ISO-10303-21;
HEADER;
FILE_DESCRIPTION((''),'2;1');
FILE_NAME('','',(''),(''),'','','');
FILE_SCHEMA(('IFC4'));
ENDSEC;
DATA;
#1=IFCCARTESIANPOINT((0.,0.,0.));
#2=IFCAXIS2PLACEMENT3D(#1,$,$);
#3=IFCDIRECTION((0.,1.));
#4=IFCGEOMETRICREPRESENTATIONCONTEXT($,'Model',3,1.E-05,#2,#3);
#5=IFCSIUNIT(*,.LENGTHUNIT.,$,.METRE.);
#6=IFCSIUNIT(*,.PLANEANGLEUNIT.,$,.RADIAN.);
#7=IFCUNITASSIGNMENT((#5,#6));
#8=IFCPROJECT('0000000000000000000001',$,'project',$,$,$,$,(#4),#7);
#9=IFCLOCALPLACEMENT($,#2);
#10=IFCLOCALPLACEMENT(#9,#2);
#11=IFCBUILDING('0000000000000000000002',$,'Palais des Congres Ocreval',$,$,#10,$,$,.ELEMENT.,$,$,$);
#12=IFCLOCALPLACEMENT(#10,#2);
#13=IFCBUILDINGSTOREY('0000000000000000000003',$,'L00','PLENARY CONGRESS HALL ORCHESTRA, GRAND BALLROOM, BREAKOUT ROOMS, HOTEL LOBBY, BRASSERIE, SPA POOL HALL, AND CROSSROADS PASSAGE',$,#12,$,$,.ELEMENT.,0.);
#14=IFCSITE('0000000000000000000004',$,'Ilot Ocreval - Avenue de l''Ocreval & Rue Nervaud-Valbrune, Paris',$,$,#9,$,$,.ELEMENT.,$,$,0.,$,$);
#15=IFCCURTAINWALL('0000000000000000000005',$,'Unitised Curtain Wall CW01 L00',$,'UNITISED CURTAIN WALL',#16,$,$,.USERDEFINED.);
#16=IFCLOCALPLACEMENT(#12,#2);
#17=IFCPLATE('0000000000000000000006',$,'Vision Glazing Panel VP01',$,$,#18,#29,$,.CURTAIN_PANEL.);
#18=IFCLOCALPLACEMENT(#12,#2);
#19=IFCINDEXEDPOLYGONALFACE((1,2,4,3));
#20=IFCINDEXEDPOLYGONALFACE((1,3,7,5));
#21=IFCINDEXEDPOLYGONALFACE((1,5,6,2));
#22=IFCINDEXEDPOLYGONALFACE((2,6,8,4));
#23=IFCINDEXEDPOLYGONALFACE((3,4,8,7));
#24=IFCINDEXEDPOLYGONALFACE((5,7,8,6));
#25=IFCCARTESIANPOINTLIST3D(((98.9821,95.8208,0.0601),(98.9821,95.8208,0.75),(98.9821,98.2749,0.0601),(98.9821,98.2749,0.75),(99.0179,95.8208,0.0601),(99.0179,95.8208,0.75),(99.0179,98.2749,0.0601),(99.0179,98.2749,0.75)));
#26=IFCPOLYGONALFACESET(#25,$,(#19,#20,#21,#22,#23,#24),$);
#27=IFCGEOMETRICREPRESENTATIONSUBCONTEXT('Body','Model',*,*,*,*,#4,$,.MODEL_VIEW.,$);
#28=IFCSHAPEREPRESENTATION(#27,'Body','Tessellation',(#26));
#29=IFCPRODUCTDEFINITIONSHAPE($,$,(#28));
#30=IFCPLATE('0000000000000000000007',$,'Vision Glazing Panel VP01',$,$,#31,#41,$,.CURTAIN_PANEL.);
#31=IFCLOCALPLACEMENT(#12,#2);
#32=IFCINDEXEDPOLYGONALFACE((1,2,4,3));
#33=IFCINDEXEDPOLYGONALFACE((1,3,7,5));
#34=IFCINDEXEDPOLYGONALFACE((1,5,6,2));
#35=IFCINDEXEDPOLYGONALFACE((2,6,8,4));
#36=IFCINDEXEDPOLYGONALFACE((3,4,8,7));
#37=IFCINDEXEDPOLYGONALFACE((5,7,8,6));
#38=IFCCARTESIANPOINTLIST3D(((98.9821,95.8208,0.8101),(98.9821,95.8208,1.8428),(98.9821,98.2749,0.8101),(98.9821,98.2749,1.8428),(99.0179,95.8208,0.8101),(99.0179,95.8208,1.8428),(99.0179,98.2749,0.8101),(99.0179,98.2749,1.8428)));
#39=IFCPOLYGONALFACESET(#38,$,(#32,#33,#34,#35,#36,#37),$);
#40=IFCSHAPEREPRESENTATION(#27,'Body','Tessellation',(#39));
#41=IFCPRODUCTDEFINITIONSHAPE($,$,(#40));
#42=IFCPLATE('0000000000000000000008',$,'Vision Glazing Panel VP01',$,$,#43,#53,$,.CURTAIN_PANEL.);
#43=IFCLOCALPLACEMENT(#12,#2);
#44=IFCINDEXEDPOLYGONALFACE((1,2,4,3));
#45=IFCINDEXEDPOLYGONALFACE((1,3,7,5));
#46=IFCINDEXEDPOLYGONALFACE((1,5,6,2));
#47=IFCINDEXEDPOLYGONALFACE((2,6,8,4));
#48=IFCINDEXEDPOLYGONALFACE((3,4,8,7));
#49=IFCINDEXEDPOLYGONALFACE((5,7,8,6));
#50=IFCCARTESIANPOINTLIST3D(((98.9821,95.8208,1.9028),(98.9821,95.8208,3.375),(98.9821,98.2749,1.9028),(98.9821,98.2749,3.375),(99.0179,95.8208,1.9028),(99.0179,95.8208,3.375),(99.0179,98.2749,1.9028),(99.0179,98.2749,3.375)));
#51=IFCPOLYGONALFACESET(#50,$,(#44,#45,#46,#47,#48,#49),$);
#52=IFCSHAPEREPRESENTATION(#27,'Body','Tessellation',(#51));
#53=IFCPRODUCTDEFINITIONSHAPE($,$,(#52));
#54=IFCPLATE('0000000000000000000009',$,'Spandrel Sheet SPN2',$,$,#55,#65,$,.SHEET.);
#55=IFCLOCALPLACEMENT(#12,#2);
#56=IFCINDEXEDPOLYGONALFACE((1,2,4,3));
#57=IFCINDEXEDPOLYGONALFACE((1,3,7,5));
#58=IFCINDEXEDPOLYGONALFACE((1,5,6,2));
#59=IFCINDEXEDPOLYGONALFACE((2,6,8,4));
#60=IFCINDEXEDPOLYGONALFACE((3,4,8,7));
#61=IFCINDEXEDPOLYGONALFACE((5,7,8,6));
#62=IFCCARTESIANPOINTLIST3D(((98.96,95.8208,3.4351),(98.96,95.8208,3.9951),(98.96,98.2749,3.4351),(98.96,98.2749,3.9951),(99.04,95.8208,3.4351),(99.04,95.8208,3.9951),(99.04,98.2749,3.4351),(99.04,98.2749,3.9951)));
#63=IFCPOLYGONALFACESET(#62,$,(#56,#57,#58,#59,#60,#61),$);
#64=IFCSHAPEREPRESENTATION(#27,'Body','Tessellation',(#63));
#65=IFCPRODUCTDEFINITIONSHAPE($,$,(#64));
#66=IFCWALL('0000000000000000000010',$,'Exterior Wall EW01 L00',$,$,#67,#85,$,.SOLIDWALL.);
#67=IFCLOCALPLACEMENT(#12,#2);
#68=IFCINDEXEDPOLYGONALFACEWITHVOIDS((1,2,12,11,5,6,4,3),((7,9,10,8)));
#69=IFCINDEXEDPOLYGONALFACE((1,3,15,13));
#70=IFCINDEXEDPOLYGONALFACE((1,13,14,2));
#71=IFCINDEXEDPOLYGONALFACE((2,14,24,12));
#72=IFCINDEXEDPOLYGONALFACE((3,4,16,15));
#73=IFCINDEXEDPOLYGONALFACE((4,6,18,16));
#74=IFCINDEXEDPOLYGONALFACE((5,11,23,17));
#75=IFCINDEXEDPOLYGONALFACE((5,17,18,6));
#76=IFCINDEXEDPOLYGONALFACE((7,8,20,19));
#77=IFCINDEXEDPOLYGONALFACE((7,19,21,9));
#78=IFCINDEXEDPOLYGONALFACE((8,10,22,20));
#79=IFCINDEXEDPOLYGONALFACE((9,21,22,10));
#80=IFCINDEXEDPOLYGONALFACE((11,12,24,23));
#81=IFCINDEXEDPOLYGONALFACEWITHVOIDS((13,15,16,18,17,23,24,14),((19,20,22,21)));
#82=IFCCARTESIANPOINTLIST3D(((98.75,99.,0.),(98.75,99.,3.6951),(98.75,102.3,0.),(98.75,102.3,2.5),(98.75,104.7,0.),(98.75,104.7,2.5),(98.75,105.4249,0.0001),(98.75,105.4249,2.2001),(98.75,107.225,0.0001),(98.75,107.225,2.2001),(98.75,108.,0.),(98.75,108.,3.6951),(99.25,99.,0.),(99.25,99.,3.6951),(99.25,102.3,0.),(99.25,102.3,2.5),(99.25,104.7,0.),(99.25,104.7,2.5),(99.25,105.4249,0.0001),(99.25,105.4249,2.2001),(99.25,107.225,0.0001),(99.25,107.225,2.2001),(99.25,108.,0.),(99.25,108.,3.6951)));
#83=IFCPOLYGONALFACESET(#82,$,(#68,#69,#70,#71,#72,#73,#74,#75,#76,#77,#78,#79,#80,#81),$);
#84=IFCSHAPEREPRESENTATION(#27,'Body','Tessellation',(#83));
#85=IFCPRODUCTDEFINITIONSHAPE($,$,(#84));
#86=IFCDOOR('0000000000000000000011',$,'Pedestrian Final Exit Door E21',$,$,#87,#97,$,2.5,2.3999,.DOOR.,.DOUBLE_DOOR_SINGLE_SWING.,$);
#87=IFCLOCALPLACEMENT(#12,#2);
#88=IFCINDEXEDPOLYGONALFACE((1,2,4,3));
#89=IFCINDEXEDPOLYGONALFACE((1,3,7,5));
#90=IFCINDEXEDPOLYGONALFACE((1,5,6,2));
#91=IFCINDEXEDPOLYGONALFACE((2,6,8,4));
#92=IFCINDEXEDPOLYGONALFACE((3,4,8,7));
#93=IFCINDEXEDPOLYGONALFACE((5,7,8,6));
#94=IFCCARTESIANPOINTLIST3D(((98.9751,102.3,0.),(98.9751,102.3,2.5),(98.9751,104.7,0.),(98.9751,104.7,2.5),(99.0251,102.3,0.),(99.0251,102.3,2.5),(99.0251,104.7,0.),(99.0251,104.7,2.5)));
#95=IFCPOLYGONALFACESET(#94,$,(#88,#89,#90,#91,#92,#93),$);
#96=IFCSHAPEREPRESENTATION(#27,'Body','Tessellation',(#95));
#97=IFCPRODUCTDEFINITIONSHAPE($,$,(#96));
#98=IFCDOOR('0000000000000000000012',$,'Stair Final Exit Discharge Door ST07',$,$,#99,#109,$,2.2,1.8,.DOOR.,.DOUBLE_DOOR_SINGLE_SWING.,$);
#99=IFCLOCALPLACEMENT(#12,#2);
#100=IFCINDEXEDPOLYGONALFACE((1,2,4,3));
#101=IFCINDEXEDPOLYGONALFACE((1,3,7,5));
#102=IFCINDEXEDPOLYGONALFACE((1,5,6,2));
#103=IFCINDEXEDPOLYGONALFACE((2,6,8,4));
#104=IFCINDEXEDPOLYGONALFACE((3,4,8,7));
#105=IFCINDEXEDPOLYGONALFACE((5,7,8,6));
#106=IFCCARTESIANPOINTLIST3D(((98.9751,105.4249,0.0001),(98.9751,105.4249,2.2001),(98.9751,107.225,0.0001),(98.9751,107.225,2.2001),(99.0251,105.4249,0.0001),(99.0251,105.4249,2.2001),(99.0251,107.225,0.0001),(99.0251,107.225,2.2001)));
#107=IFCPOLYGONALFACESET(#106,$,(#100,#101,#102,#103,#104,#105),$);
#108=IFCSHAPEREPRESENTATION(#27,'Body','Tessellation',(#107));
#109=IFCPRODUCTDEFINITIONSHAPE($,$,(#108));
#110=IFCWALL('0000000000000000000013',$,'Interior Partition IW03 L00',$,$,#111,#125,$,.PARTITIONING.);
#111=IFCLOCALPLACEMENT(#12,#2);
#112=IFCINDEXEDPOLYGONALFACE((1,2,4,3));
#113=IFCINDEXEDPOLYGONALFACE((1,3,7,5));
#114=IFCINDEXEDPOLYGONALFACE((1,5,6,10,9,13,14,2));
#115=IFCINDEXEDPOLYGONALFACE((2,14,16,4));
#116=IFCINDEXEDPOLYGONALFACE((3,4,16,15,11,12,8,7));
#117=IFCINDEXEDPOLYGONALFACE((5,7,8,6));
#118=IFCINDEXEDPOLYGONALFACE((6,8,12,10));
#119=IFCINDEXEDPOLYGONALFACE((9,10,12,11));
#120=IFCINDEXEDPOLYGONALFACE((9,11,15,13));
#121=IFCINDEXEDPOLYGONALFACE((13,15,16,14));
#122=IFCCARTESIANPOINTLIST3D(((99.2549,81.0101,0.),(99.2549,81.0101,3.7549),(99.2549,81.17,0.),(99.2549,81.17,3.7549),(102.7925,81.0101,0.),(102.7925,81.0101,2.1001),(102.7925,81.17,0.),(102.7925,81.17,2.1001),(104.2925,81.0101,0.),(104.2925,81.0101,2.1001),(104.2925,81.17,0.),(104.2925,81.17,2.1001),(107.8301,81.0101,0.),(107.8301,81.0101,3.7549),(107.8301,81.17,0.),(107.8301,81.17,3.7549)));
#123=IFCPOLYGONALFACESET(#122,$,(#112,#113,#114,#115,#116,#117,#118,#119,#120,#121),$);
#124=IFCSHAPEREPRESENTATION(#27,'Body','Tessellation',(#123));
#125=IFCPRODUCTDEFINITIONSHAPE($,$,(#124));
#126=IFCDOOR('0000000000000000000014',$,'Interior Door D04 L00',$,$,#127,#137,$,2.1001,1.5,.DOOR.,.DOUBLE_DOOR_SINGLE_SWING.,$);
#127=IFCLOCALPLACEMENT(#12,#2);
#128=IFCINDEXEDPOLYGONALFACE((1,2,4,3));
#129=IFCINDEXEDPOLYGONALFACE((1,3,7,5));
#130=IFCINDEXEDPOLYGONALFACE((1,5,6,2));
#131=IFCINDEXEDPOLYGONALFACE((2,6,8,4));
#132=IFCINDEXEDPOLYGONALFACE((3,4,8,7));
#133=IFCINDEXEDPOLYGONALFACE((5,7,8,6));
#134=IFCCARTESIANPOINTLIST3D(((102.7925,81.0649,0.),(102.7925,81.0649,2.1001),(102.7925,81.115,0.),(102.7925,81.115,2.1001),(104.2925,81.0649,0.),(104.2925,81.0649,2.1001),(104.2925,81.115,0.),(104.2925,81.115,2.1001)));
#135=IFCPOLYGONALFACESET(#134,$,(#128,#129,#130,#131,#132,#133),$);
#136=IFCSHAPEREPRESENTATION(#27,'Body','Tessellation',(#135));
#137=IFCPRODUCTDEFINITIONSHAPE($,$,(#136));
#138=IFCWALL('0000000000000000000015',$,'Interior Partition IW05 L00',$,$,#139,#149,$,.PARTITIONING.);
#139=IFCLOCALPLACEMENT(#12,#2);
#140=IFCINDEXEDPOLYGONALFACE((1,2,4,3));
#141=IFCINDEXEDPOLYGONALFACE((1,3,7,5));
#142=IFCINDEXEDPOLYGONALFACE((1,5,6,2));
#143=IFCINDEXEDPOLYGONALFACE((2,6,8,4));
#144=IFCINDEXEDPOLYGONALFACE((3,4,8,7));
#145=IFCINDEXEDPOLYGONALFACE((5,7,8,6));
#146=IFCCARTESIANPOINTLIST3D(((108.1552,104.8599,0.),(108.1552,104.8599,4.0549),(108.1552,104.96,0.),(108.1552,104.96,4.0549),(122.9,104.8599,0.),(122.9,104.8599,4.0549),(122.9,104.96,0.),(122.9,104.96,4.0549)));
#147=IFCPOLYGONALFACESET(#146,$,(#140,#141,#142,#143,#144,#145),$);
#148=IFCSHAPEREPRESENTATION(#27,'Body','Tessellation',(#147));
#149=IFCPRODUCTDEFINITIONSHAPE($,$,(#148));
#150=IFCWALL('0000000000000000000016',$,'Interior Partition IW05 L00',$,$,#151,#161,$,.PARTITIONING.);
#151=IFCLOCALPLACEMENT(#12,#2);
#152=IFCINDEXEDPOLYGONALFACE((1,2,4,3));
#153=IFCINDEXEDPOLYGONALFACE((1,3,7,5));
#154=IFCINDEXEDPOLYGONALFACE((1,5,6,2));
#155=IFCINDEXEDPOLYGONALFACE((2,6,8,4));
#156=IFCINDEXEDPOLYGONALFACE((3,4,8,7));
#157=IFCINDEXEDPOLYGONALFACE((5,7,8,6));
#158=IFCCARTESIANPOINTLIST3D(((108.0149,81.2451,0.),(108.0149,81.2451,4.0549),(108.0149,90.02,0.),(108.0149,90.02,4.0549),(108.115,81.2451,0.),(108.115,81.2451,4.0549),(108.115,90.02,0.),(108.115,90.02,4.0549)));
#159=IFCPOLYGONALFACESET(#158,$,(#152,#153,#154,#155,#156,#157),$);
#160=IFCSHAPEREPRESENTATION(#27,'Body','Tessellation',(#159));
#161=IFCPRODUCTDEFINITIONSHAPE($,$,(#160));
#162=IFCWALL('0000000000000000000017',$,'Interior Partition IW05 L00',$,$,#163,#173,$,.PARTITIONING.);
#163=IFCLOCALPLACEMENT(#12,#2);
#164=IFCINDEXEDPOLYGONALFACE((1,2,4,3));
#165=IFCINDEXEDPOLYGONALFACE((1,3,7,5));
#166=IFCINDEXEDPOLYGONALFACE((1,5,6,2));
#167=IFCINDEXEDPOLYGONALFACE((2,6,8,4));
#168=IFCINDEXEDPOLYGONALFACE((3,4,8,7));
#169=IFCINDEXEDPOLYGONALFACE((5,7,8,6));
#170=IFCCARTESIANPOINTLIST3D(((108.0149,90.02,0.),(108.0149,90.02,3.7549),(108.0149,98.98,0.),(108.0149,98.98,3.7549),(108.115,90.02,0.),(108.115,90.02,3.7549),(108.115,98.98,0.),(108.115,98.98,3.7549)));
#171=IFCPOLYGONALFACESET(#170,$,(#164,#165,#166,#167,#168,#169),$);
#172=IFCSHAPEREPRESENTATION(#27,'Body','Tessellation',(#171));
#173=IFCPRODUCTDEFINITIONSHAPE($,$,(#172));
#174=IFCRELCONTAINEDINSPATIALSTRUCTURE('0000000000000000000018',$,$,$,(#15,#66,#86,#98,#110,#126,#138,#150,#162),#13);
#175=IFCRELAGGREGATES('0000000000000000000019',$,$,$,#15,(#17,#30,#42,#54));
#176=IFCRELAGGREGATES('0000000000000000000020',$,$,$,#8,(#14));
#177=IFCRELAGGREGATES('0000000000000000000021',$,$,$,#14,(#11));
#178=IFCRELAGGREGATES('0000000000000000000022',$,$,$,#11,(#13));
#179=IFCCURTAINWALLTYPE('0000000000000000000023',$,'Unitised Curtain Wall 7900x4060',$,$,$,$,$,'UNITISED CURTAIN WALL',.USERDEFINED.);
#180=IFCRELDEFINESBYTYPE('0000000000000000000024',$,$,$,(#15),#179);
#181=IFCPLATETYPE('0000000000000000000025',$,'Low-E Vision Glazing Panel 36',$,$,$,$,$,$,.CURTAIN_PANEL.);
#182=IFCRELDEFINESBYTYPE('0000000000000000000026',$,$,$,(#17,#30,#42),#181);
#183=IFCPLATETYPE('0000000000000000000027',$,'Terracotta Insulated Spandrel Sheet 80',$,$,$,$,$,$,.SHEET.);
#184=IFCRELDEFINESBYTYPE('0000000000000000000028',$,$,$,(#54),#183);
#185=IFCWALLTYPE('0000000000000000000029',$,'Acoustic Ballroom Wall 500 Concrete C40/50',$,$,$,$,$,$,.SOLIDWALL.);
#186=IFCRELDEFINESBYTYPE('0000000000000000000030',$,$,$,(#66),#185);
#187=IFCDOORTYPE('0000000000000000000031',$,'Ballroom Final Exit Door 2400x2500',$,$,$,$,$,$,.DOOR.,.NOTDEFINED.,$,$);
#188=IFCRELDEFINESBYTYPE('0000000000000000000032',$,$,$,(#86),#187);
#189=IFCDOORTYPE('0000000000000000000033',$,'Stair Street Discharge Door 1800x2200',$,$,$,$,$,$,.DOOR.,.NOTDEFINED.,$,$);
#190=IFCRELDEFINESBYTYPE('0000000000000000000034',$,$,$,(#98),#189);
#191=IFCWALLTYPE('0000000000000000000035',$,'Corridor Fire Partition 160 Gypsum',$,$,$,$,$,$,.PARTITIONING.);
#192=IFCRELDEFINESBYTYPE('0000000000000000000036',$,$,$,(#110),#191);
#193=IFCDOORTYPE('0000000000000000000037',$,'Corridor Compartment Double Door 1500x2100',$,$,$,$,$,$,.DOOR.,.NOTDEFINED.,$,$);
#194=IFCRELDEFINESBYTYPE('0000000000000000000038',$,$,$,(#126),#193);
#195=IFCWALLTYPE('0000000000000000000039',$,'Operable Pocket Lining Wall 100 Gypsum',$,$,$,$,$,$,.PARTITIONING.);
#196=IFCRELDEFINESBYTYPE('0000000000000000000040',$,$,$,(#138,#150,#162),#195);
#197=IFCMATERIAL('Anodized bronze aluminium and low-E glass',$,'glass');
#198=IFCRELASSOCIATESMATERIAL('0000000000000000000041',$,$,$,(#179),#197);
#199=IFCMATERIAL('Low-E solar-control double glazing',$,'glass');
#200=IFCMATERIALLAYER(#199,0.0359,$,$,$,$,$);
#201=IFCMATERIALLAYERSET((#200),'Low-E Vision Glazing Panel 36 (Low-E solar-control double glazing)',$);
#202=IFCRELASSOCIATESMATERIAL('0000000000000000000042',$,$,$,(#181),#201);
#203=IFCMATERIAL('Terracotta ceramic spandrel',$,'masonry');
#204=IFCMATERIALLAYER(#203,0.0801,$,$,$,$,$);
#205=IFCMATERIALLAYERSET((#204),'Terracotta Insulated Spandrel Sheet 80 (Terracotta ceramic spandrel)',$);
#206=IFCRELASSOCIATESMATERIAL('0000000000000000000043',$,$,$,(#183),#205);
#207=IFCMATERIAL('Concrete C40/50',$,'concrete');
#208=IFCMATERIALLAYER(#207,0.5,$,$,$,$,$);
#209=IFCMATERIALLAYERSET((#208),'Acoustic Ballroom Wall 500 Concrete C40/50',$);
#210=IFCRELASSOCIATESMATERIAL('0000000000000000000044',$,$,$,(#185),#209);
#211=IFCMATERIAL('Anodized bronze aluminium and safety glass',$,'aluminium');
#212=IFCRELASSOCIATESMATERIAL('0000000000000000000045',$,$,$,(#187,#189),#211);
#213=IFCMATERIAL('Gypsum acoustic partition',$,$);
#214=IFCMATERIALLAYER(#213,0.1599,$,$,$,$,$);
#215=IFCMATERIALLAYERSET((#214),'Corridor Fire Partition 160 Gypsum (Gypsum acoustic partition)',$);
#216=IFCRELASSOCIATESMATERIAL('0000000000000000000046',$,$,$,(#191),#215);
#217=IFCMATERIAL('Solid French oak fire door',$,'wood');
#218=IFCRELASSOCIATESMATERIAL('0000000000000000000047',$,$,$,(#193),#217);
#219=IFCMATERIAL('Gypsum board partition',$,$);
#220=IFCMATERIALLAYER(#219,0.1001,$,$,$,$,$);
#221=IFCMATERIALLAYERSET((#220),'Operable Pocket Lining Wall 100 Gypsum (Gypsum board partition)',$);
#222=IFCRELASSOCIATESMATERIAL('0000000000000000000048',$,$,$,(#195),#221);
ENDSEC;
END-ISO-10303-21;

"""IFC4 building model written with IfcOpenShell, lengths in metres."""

from ifc_helpers import new_model, si_unit, direction, frame, frame_2d, origin, origin_2d, place, context, subcontext, project, spatial, rectangle, extrude, material, layer, layer_set, type_object, element, fill, aggregate, save


model = new_model("IFC4")

# Units and contexts
model_context = context("Model", 3, precision=1e-05, world=origin(), true_north=direction((0.0, 1.0)))
body_context = subcontext(model_context, "Body", "Model", "MODEL_VIEW")
ifc_project = project(units=[si_unit("LENGTHUNIT", "METRE"), si_unit("PLANEANGLEUNIT", "RADIAN")], contexts=[model_context])

# Site, building, storey
site_placement = place(None, origin())
site = spatial("IfcSite", under=ifc_project, at=site_placement, Name="Ilot Ocreval - Avenue de l'Ocreval & Rue Nervaud-Valbrune, Paris", CompositionType="ELEMENT", RefElevation=0.0)
building_placement = place(site_placement, origin())
building = spatial("IfcBuilding", under=site, at=building_placement, Name="Palais des Congres Ocreval", CompositionType="ELEMENT")
storey_placement = place(building_placement, origin())
storey = spatial("IfcBuildingStorey", under=building, at=storey_placement, Name="L00", Description="PLENARY CONGRESS HALL ORCHESTRA, GRAND BALLROOM, BREAKOUT ROOMS, HOTEL LOBBY, BRASSERIE, SPA POOL HALL, AND CROSSROADS PASSAGE", CompositionType="ELEMENT", Elevation=0.0)

# Curtain wall, plates
ifc_material_1 = material(Name="Anodized bronze aluminium and low-E glass", Category="glass")
curtain_wall_type = type_object("IfcCurtainWallType", Name="Unitised Curtain Wall 7900x4060", ElementType="UNITISED CURTAIN WALL", PredefinedType="USERDEFINED", material=ifc_material_1)
curtain_wall_placement = place(storey_placement, origin())
curtain_wall = element("IfcCurtainWall", 1, at=curtain_wall_placement, inside=storey, type_object=curtain_wall_type, Name="Unitised Curtain Wall CW01 L00", ObjectType="UNITISED CURTAIN WALL", PredefinedType="USERDEFINED")
ifc_material_2 = material(Name="Low-E solar-control double glazing", Category="glass")
ifc_layer_1 = layer(ifc_material_2, 0.0359)
ifc_layer_set_1 = layer_set([ifc_layer_1], Name="Low-E Vision Glazing Panel 36 (Low-E solar-control double glazing)")
plate_type_1 = type_object("IfcPlateType", Name="Low-E Vision Glazing Panel 36", PredefinedType="CURTAIN_PANEL", material=ifc_layer_set_1)
plate_1_placement = place(storey_placement, frame((99.0, 97.0479, 0.0601), z_axis=(0.0, 0.0, 1.0), x_axis=(0.0, 1.0, 0.0)))
plate_1 = element("IfcPlate", 2, at=plate_1_placement, type_object=plate_type_1, Name="Vision Glazing Panel VP01", PredefinedType="CURTAIN_PANEL", context=body_context, shape_type="SweptSolid", body=[
    extrude(rectangle(XDim=2.4541, YDim=0.0359, at=origin_2d()), origin(), (0.0, 0.0, 1.0), 0.6899),
])
plate_2_placement = place(storey_placement, frame((99.0, 97.0479, 0.8101), z_axis=(0.0, 0.0, 1.0), x_axis=(0.0, 1.0, 0.0)))
plate_2 = element("IfcPlate", 3, at=plate_2_placement, type_object=plate_type_1, Name="Vision Glazing Panel VP01", PredefinedType="CURTAIN_PANEL", context=body_context, shape_type="SweptSolid", body=[
    extrude(rectangle(XDim=2.4541, YDim=0.0359, at=origin_2d()), origin(), (0.0, 0.0, 1.0), 1.0327),
])
plate_3_placement = place(storey_placement, frame((99.0, 97.0479, 1.9028), z_axis=(0.0, 0.0, 1.0), x_axis=(0.0, 1.0, 0.0)))
plate_3 = element("IfcPlate", 4, at=plate_3_placement, type_object=plate_type_1, Name="Vision Glazing Panel VP01", PredefinedType="CURTAIN_PANEL", context=body_context, shape_type="SweptSolid", body=[
    extrude(rectangle(XDim=2.4541, YDim=0.0359, at=origin_2d()), origin(), (0.0, 0.0, 1.0), 1.4722),
])
ifc_material_3 = material(Name="Terracotta ceramic spandrel", Category="masonry")
ifc_layer_2 = layer(ifc_material_3, 0.0801)
ifc_layer_set_2 = layer_set([ifc_layer_2], Name="Terracotta Insulated Spandrel Sheet 80 (Terracotta ceramic spandrel)")
plate_type_2 = type_object("IfcPlateType", Name="Terracotta Insulated Spandrel Sheet 80", PredefinedType="SHEET", material=ifc_layer_set_2)
plate_4_placement = place(storey_placement, frame((99.0, 97.0479, 3.4351), z_axis=(0.0, 0.0, 1.0), x_axis=(0.0, 1.0, 0.0)))
plate_4 = element("IfcPlate", 5, at=plate_4_placement, type_object=plate_type_2, Name="Spandrel Sheet SPN2", PredefinedType="SHEET", context=body_context, shape_type="SweptSolid", body=[
    extrude(rectangle(XDim=2.4541, YDim=0.0801, at=origin_2d()), origin(), (0.0, 0.0, 1.0), 0.5601),
])
aggregate(curtain_wall, [plate_1, plate_2, plate_3, plate_4])

# Wall, openings, doors
ifc_material_4 = material(Name="Concrete C40/50", Category="concrete")
ifc_layer_3 = layer(ifc_material_4, 0.5)
ifc_layer_set_3 = layer_set([ifc_layer_3], Name="Acoustic Ballroom Wall 500 Concrete C40/50")
wall_type_1 = type_object("IfcWallType", Name="Acoustic Ballroom Wall 500 Concrete C40/50", PredefinedType="SOLIDWALL", material=ifc_layer_set_3)
wall_1_placement = place(storey_placement, frame((99.0, 99.0, 0.0), z_axis=(0.0, 0.0, 1.0), x_axis=(0.0, 1.0, 0.0)))
wall_1 = element("IfcWall", 6, at=wall_1_placement, inside=storey, type_object=wall_type_1, Name="Exterior Wall EW01 L00", PredefinedType="SOLIDWALL", context=body_context, shape_type="SweptSolid", body=[
    extrude(rectangle(XDim=9.0, YDim=0.5, at=frame_2d((4.5, 0.0))), origin(), (0.0, 0.0, 1.0), 3.6951),
])
opening_1_placement = place(wall_1_placement, frame((6.425, 0.0, 0.0)))
opening_1 = element("IfcOpeningElement", 7, at=opening_1_placement, cuts=wall_1, PredefinedType="OPENING", context=body_context, shape_type="SweptSolid", body=[
    extrude(rectangle(XDim=1.8, YDim=2.2, at=frame_2d((0.8999, 1.1001))), frame((0.0, 0.26, 0.0), z_axis=(0.0, -1.0, 0.0), x_axis=(1.0, 0.0, 0.0)), (0.0, 0.0, 1.0), 0.52),
])
opening_2_placement = place(wall_1_placement, frame((3.3, 0.0, 0.0)))
opening_2 = element("IfcOpeningElement", 8, at=opening_2_placement, cuts=wall_1, PredefinedType="OPENING", context=body_context, shape_type="SweptSolid", body=[
    extrude(rectangle(XDim=2.3999, YDim=2.5, at=frame_2d((1.2, 1.25))), frame((0.0, 0.26, 0.0), z_axis=(0.0, -1.0, 0.0), x_axis=(1.0, 0.0, 0.0)), (0.0, 0.0, 1.0), 0.52),
])
ifc_material_5 = material(Name="Anodized bronze aluminium and safety glass", Category="aluminium")
door_type_1 = type_object("IfcDoorType", Name="Ballroom Final Exit Door 2400x2500", OperationType="NOTDEFINED", PredefinedType="DOOR", material=ifc_material_5)
door_1_placement = place(opening_2_placement, origin())
door_1 = element("IfcDoor", 9, at=door_1_placement, inside=storey, type_object=door_type_1, Name="Pedestrian Final Exit Door E21", OperationType="DOUBLE_DOOR_SINGLE_SWING", OverallHeight=2.5, OverallWidth=2.3999, PredefinedType="DOOR", context=body_context, shape_type="SweptSolid", body=[
    extrude(rectangle(XDim=2.3999, YDim=2.5, at=frame_2d((1.2, 1.25))), frame((0.0, 0.0249, 0.0), z_axis=(0.0, -1.0, 0.0), x_axis=(1.0, 0.0, 0.0)), (0.0, 0.0, 1.0), 0.05),
])
fill(opening_2, door_1)
door_type_2 = type_object("IfcDoorType", Name="Stair Street Discharge Door 1800x2200", OperationType="NOTDEFINED", PredefinedType="DOOR", material=ifc_material_5)
door_2_placement = place(opening_1_placement, origin())
door_2 = element("IfcDoor", 10, at=door_2_placement, inside=storey, type_object=door_type_2, Name="Stair Final Exit Discharge Door ST07", OperationType="DOUBLE_DOOR_SINGLE_SWING", OverallHeight=2.2, OverallWidth=1.8, PredefinedType="DOOR", context=body_context, shape_type="SweptSolid", body=[
    extrude(rectangle(XDim=1.8, YDim=2.2, at=frame_2d((0.8999, 1.1001))), frame((0.0, 0.0249, 0.0), z_axis=(0.0, -1.0, 0.0), x_axis=(1.0, 0.0, 0.0)), (0.0, 0.0, 1.0), 0.05),
])
fill(opening_1, door_2)

# Wall, opening, door
ifc_material_6 = material(Name="Gypsum acoustic partition")
ifc_layer_4 = layer(ifc_material_6, 0.1599)
ifc_layer_set_4 = layer_set([ifc_layer_4], Name="Corridor Fire Partition 160 Gypsum (Gypsum acoustic partition)")
wall_type_2 = type_object("IfcWallType", Name="Corridor Fire Partition 160 Gypsum", PredefinedType="PARTITIONING", material=ifc_layer_set_4)
wall_2_placement = place(storey_placement, frame((99.2549, 81.0901, 0.0), z_axis=(0.0, 0.0, 1.0), x_axis=(1.0, 0.0, 0.0)))
wall_2 = element("IfcWall", 11, at=wall_2_placement, inside=storey, type_object=wall_type_2, Name="Interior Partition IW03 L00", PredefinedType="PARTITIONING", context=body_context, shape_type="SweptSolid", body=[
    extrude(rectangle(XDim=8.5752, YDim=0.1599, at=frame_2d((4.2876, 0.0))), origin(), (0.0, 0.0, 1.0), 3.7549),
])
opening_3_placement = place(wall_2_placement, frame((3.5376, 0.0, 0.0)))
opening_3 = element("IfcOpeningElement", 12, at=opening_3_placement, cuts=wall_2, PredefinedType="OPENING", context=body_context, shape_type="SweptSolid", body=[
    extrude(rectangle(XDim=1.5, YDim=2.1001, at=frame_2d((0.75, 1.05))), frame((0.0, 0.0898, 0.0), z_axis=(0.0, -1.0, 0.0), x_axis=(1.0, 0.0, 0.0)), (0.0, 0.0, 1.0), 0.1799),
])
ifc_material_7 = material(Name="Solid French oak fire door", Category="wood")
door_type_3 = type_object("IfcDoorType", Name="Corridor Compartment Double Door 1500x2100", OperationType="NOTDEFINED", PredefinedType="DOOR", material=ifc_material_7)
door_3_placement = place(opening_3_placement, origin())
door_3 = element("IfcDoor", 13, at=door_3_placement, inside=storey, type_object=door_type_3, Name="Interior Door D04 L00", OperationType="DOUBLE_DOOR_SINGLE_SWING", OverallHeight=2.1001, OverallWidth=1.5, PredefinedType="DOOR", context=body_context, shape_type="SweptSolid", body=[
    extrude(rectangle(XDim=1.5, YDim=2.1001, at=frame_2d((0.75, 1.05))), frame((0.0, 0.0249, 0.0), z_axis=(0.0, -1.0, 0.0), x_axis=(1.0, 0.0, 0.0)), (0.0, 0.0, 1.0), 0.05),
])
fill(opening_3, door_3)

# Walls
ifc_material_8 = material(Name="Gypsum board partition")
ifc_layer_5 = layer(ifc_material_8, 0.1001)
ifc_layer_set_5 = layer_set([ifc_layer_5], Name="Operable Pocket Lining Wall 100 Gypsum (Gypsum board partition)")
wall_type_3 = type_object("IfcWallType", Name="Operable Pocket Lining Wall 100 Gypsum", PredefinedType="PARTITIONING", material=ifc_layer_set_5)
wall_3_placement = place(storey_placement, frame((108.155, 104.9099, 0.0), z_axis=(0.0, 0.0, 1.0), x_axis=(1.0, 0.0, 0.0)))
element("IfcWall", 14, at=wall_3_placement, inside=storey, type_object=wall_type_3, Name="Interior Partition IW05 L00", PredefinedType="PARTITIONING", context=body_context, shape_type="SweptSolid", body=[
    extrude(rectangle(XDim=14.7449, YDim=0.1001, at=frame_2d((7.3726, 0.0))), origin(), (0.0, 0.0, 1.0), 4.0549),
])
wall_4_placement = place(storey_placement, frame((108.0649, 81.2451, 0.0), z_axis=(0.0, 0.0, 1.0), x_axis=(0.0, 1.0, 0.0)))
element("IfcWall", 15, at=wall_4_placement, inside=storey, type_object=wall_type_3, Name="Interior Partition IW05 L00", PredefinedType="PARTITIONING", context=body_context, shape_type="SweptSolid", body=[
    extrude(rectangle(XDim=8.7749, YDim=0.1001, at=frame_2d((4.3875, 0.0))), origin(), (0.0, 0.0, 1.0), 4.0549),
])
wall_5_placement = place(storey_placement, frame((108.0649, 90.02, 0.0), z_axis=(0.0, 0.0, 1.0), x_axis=(0.0, 1.0, 0.0)))
element("IfcWall", 16, at=wall_5_placement, inside=storey, type_object=wall_type_3, Name="Interior Partition IW05 L00", PredefinedType="PARTITIONING", context=body_context, shape_type="SweptSolid", body=[
    extrude(rectangle(XDim=8.96, YDim=0.1001, at=frame_2d((4.48, 0.0))), origin(), (0.0, 0.0, 1.0), 3.7549),
])

save(model, "model.ifc")
